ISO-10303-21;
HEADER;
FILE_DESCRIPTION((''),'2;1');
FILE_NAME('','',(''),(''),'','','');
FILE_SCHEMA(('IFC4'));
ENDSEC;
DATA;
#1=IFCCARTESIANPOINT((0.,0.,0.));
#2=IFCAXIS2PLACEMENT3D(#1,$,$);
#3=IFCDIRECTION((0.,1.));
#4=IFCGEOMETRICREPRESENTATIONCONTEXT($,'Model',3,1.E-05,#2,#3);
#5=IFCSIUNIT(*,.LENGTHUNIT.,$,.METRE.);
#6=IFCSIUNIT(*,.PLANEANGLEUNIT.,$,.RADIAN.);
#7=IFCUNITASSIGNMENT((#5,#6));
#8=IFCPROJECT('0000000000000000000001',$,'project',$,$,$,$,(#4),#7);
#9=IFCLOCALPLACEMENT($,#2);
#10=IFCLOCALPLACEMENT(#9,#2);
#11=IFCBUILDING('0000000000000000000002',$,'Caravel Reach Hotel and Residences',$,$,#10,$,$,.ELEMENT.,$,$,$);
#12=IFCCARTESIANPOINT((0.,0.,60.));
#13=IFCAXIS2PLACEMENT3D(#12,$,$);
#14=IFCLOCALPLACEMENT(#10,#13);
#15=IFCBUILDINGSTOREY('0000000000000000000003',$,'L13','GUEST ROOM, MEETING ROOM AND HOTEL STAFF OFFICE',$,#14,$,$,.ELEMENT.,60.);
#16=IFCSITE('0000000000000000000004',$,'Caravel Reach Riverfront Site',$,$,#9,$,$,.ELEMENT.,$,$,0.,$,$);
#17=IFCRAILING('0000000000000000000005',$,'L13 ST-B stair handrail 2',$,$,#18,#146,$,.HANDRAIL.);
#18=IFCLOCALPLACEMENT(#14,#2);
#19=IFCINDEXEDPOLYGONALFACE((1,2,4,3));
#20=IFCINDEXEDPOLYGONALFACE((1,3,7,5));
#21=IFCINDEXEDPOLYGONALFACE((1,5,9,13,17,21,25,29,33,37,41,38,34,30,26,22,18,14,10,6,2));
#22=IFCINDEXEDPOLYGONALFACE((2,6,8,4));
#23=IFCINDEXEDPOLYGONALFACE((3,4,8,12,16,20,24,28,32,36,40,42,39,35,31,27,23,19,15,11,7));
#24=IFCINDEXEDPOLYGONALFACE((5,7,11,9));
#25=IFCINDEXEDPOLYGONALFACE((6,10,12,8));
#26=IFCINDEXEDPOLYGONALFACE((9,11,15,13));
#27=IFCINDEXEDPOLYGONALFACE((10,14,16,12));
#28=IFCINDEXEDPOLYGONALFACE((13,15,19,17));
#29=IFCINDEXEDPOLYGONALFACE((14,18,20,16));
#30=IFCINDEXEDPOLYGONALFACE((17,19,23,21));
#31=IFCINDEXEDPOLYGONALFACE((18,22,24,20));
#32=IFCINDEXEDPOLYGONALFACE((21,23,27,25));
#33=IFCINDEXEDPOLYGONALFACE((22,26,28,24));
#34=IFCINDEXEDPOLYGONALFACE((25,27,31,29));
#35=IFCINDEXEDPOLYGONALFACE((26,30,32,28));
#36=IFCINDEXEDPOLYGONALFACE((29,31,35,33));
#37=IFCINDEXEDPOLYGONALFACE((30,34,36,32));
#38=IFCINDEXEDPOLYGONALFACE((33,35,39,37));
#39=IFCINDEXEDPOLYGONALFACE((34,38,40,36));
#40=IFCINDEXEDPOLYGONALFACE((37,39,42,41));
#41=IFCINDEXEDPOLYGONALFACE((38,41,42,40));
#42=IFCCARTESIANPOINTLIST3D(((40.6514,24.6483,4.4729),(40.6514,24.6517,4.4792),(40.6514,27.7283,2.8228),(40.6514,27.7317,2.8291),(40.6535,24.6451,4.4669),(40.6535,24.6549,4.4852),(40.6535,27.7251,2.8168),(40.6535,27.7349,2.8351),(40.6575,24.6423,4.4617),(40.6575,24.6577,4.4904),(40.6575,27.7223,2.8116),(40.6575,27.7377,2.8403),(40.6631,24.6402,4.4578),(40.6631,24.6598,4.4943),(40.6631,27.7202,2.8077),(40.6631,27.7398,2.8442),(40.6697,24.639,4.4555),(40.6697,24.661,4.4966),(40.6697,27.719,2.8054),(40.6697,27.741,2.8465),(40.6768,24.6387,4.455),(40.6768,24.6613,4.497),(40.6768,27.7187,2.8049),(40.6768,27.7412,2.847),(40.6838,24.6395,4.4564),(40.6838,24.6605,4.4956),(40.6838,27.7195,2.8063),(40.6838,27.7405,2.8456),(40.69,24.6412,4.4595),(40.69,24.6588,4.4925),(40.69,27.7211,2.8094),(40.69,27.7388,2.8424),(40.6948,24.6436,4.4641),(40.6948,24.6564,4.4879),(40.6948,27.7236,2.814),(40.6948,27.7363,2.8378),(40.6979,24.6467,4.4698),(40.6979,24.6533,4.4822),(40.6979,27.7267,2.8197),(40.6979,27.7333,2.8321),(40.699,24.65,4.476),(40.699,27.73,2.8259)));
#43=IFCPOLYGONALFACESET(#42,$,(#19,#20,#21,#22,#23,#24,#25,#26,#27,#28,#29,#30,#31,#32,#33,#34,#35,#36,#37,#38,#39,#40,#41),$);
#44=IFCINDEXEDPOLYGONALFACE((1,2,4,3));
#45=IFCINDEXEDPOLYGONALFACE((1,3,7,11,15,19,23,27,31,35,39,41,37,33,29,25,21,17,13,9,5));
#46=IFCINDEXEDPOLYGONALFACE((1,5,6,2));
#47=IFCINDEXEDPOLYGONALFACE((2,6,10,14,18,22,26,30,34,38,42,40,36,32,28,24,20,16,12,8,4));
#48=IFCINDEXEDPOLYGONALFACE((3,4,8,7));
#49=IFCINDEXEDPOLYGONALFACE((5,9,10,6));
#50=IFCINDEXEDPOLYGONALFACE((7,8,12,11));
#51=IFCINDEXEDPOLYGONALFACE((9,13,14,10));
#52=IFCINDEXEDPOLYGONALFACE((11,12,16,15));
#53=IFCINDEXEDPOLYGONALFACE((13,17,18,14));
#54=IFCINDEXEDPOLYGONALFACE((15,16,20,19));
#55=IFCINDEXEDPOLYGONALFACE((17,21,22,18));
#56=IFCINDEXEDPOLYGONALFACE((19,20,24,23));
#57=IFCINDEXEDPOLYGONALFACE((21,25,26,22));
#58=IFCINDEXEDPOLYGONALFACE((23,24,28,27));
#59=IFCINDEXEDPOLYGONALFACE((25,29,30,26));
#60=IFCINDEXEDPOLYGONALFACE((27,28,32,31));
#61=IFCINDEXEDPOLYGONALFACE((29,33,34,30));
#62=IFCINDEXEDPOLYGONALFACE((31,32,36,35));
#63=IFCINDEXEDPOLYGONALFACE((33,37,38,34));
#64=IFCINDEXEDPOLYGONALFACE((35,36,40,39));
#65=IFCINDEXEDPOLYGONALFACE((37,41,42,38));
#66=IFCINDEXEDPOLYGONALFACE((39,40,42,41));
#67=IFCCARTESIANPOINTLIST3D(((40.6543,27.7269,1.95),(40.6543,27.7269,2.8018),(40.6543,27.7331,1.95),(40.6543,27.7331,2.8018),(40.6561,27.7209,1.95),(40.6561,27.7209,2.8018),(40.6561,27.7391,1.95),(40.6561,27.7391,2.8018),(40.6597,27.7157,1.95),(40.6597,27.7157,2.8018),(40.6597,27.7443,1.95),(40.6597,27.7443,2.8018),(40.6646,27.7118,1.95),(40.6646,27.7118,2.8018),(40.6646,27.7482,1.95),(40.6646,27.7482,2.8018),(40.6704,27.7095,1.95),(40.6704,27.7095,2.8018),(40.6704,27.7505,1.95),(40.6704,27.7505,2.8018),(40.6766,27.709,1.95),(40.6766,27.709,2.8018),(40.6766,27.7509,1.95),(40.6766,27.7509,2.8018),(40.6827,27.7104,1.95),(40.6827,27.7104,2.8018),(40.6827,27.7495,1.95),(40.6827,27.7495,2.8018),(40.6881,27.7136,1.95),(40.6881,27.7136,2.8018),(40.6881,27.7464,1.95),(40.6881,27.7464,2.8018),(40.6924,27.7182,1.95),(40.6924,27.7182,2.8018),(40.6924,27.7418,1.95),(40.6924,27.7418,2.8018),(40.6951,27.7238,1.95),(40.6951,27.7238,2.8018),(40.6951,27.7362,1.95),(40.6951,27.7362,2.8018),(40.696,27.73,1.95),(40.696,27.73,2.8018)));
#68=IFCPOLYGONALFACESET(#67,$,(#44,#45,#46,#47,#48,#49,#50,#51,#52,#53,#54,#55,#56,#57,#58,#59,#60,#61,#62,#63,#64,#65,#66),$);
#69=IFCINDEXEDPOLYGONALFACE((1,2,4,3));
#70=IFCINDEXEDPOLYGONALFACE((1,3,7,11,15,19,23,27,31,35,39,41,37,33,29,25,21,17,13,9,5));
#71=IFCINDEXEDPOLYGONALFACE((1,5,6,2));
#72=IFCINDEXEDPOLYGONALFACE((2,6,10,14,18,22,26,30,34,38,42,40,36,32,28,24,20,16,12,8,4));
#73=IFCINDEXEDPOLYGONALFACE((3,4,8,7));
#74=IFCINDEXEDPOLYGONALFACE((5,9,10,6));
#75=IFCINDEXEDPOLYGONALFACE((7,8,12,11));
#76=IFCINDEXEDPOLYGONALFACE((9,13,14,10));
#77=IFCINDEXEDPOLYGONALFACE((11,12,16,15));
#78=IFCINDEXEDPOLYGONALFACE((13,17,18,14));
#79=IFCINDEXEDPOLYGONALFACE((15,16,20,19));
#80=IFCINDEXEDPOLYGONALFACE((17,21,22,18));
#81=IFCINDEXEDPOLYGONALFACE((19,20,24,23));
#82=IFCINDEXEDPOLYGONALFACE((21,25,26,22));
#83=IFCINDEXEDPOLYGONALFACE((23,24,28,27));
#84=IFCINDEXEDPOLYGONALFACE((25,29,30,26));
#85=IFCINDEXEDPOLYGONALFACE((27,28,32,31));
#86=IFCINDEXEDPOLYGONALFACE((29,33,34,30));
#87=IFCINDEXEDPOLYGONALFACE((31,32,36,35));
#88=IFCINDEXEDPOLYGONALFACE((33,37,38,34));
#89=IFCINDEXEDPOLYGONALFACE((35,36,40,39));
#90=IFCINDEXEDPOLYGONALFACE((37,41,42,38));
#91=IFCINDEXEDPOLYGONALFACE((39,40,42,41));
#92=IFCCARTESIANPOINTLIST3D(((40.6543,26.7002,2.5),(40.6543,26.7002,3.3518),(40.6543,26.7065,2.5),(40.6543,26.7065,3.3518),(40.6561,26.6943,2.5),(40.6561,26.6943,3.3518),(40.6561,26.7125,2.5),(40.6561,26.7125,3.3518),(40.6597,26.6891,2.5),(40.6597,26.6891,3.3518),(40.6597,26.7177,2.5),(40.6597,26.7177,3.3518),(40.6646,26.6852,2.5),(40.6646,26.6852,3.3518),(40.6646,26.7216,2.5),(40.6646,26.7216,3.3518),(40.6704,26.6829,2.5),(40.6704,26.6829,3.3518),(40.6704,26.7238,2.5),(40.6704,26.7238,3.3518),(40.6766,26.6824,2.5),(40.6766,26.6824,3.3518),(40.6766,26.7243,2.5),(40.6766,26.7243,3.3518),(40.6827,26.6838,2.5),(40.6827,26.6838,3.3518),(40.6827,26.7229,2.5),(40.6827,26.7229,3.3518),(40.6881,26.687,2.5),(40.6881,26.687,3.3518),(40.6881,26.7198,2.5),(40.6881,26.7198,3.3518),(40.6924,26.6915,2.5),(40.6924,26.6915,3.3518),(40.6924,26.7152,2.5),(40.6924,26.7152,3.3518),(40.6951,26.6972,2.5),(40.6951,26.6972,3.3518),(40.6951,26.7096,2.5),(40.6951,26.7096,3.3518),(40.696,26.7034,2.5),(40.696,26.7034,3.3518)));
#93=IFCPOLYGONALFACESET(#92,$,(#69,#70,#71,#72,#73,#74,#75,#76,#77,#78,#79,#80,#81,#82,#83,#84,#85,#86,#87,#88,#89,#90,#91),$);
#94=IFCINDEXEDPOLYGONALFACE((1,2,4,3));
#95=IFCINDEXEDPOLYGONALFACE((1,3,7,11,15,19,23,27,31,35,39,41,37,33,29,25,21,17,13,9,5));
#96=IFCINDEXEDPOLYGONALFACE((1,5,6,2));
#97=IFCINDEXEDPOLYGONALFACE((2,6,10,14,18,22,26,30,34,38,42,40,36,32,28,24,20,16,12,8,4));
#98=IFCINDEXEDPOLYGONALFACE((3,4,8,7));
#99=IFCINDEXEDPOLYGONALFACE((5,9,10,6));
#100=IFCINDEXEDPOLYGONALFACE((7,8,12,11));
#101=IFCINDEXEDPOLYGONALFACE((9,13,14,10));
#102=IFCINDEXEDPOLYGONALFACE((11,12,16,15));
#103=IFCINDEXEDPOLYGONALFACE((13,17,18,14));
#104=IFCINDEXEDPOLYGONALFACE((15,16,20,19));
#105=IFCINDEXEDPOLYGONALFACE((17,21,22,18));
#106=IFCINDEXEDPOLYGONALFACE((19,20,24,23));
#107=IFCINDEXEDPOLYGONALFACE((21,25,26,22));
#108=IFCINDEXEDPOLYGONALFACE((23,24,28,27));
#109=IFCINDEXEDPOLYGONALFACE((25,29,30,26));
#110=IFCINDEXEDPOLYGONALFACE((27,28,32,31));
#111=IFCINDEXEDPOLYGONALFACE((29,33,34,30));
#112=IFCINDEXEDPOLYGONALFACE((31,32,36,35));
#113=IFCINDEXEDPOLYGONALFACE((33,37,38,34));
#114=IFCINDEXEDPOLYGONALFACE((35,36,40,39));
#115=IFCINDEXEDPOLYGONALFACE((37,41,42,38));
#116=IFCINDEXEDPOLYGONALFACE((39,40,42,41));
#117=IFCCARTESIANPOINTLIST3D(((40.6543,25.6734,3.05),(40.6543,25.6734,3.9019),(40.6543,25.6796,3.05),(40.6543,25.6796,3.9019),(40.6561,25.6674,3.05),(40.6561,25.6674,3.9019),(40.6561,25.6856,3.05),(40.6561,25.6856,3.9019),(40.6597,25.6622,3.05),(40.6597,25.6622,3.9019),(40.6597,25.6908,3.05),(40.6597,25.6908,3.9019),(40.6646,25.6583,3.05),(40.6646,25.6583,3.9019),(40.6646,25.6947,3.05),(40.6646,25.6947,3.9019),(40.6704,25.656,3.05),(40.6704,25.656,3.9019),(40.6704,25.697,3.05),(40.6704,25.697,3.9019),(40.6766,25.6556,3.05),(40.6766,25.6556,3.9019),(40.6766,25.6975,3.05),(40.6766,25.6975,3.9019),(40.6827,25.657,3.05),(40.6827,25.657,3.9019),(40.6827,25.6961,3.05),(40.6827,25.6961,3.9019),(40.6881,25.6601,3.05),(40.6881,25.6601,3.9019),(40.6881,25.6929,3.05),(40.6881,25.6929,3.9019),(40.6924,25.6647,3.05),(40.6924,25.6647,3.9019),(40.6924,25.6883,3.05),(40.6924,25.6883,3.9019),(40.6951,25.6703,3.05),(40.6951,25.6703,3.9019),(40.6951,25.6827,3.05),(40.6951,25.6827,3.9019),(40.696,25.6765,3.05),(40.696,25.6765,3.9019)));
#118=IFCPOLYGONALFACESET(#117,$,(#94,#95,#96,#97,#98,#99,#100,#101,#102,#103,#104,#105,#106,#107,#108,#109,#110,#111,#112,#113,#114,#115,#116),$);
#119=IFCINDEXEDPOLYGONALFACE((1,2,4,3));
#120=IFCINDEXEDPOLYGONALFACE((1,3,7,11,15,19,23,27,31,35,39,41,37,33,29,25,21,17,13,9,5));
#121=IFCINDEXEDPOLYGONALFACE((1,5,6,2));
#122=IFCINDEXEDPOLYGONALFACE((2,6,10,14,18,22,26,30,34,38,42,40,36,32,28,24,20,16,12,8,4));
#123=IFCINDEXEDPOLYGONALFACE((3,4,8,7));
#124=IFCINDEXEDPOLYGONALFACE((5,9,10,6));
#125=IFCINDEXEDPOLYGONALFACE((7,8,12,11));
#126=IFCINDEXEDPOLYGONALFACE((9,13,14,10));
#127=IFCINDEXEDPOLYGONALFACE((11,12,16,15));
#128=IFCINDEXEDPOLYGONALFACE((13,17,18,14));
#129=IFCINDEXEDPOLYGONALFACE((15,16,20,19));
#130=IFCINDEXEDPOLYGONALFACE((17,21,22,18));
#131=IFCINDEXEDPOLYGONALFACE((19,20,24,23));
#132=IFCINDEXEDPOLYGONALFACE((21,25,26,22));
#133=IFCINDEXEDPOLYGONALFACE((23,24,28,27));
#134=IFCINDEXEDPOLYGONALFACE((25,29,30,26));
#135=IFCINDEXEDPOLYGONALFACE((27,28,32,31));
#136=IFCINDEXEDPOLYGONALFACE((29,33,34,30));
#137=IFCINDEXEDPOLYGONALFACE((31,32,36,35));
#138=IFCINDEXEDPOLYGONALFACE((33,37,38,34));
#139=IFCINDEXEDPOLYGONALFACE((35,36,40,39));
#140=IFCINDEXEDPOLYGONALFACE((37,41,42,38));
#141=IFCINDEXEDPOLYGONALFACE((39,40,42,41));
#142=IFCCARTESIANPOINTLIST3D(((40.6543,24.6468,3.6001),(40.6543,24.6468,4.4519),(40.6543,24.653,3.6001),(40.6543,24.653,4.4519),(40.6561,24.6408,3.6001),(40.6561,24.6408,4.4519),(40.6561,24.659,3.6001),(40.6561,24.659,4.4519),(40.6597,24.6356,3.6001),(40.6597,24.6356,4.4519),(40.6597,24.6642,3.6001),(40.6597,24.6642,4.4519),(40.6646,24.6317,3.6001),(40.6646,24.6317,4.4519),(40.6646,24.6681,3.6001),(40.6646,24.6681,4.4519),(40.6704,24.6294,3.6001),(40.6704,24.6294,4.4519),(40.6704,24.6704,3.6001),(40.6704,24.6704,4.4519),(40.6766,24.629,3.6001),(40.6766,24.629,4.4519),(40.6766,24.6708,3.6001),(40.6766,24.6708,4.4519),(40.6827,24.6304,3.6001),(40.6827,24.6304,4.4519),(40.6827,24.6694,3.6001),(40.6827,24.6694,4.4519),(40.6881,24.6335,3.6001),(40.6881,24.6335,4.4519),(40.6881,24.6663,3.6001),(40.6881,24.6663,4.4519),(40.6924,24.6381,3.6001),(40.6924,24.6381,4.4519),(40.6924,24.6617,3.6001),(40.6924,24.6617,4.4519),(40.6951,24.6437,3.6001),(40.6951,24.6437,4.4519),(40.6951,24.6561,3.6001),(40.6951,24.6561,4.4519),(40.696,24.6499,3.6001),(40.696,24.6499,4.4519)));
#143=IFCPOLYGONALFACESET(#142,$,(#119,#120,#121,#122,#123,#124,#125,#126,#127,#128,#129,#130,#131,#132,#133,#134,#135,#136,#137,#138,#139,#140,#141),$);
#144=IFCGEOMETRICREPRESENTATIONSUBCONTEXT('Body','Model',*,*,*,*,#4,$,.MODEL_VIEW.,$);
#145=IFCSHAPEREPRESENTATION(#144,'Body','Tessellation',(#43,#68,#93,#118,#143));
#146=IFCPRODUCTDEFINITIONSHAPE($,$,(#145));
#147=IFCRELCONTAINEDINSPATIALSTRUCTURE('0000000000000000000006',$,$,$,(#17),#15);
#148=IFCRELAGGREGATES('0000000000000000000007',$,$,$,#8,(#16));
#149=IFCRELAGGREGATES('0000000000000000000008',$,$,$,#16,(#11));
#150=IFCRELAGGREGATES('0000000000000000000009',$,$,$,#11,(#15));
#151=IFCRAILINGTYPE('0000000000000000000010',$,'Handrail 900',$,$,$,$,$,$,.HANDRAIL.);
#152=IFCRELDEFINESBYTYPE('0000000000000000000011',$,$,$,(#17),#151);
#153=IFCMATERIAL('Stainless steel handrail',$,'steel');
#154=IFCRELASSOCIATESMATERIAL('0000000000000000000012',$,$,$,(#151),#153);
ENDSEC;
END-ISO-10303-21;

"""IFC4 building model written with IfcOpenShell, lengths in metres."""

from ifc_helpers import new_model, si_unit, direction, frame, origin, origin_2d, place, context, subcontext, project, spatial, circle, extrude, material, type_object, element, save


model = new_model("IFC4")

# Units and contexts
model_context = context("Model", 3, precision=1e-05, world=origin(), true_north=direction((0.0, 1.0)))
body_context = subcontext(model_context, "Body", "Model", "MODEL_VIEW")
ifc_project = project(units=[si_unit("LENGTHUNIT", "METRE"), si_unit("PLANEANGLEUNIT", "RADIAN")], contexts=[model_context])

# Site, building, storey
site_placement = place(None, origin())
site = spatial("IfcSite", under=ifc_project, at=site_placement, Name="Caravel Reach Riverfront Site", CompositionType="ELEMENT", RefElevation=0.0)
building_placement = place(site_placement, origin())
building = spatial("IfcBuilding", under=site, at=building_placement, Name="Caravel Reach Hotel and Residences", CompositionType="ELEMENT")
storey_placement = place(building_placement, frame((0.0, 0.0, 60.0)))
storey = spatial("IfcBuildingStorey", under=building, at=storey_placement, Name="L13", Description="GUEST ROOM, MEETING ROOM AND HOTEL STAFF OFFICE", CompositionType="ELEMENT", Elevation=60.0)

# Railing
ifc_material_1 = material(Name="Stainless steel handrail", Category="steel")
railing_type_1 = type_object("IfcRailingType", Name="Handrail 900", PredefinedType="HANDRAIL", material=ifc_material_1)
railing_1_placement = place(storey_placement, frame((40.675, 27.73, 1.95)))
element("IfcRailing", 1, at=railing_1_placement, inside=storey, type_object=railing_type_1, Name="L13 ST-B stair handrail 2", PredefinedType="HANDRAIL", context=body_context, shape_type="SweptSolid", body=[
    extrude(circle(Radius=0.0239, at=origin_2d()), frame((0.0, 0.0, 0.876), z_axis=(0.0, -0.881468, 0.472245), x_axis=(1.0, 0.0, 0.0)), (0.0, 0.0, 1.0), 3.4941),
    extrude(circle(Radius=0.021, at=origin_2d()), origin(), (0.0, 0.0, 1.0), 0.8518),
    extrude(circle(Radius=0.021, at=origin_2d()), frame((0.0, -1.0266, 0.55)), (0.0, 0.0, 1.0), 0.8518),
    extrude(circle(Radius=0.021, at=origin_2d()), frame((0.0, -2.0535, 1.1001)), (0.0, 0.0, 1.0), 0.8518),
    extrude(circle(Radius=0.021, at=origin_2d()), frame((0.0, -3.0801, 1.6501)), (0.0, 0.0, 1.0), 0.8518),
])

save(model, "model.ifc")
